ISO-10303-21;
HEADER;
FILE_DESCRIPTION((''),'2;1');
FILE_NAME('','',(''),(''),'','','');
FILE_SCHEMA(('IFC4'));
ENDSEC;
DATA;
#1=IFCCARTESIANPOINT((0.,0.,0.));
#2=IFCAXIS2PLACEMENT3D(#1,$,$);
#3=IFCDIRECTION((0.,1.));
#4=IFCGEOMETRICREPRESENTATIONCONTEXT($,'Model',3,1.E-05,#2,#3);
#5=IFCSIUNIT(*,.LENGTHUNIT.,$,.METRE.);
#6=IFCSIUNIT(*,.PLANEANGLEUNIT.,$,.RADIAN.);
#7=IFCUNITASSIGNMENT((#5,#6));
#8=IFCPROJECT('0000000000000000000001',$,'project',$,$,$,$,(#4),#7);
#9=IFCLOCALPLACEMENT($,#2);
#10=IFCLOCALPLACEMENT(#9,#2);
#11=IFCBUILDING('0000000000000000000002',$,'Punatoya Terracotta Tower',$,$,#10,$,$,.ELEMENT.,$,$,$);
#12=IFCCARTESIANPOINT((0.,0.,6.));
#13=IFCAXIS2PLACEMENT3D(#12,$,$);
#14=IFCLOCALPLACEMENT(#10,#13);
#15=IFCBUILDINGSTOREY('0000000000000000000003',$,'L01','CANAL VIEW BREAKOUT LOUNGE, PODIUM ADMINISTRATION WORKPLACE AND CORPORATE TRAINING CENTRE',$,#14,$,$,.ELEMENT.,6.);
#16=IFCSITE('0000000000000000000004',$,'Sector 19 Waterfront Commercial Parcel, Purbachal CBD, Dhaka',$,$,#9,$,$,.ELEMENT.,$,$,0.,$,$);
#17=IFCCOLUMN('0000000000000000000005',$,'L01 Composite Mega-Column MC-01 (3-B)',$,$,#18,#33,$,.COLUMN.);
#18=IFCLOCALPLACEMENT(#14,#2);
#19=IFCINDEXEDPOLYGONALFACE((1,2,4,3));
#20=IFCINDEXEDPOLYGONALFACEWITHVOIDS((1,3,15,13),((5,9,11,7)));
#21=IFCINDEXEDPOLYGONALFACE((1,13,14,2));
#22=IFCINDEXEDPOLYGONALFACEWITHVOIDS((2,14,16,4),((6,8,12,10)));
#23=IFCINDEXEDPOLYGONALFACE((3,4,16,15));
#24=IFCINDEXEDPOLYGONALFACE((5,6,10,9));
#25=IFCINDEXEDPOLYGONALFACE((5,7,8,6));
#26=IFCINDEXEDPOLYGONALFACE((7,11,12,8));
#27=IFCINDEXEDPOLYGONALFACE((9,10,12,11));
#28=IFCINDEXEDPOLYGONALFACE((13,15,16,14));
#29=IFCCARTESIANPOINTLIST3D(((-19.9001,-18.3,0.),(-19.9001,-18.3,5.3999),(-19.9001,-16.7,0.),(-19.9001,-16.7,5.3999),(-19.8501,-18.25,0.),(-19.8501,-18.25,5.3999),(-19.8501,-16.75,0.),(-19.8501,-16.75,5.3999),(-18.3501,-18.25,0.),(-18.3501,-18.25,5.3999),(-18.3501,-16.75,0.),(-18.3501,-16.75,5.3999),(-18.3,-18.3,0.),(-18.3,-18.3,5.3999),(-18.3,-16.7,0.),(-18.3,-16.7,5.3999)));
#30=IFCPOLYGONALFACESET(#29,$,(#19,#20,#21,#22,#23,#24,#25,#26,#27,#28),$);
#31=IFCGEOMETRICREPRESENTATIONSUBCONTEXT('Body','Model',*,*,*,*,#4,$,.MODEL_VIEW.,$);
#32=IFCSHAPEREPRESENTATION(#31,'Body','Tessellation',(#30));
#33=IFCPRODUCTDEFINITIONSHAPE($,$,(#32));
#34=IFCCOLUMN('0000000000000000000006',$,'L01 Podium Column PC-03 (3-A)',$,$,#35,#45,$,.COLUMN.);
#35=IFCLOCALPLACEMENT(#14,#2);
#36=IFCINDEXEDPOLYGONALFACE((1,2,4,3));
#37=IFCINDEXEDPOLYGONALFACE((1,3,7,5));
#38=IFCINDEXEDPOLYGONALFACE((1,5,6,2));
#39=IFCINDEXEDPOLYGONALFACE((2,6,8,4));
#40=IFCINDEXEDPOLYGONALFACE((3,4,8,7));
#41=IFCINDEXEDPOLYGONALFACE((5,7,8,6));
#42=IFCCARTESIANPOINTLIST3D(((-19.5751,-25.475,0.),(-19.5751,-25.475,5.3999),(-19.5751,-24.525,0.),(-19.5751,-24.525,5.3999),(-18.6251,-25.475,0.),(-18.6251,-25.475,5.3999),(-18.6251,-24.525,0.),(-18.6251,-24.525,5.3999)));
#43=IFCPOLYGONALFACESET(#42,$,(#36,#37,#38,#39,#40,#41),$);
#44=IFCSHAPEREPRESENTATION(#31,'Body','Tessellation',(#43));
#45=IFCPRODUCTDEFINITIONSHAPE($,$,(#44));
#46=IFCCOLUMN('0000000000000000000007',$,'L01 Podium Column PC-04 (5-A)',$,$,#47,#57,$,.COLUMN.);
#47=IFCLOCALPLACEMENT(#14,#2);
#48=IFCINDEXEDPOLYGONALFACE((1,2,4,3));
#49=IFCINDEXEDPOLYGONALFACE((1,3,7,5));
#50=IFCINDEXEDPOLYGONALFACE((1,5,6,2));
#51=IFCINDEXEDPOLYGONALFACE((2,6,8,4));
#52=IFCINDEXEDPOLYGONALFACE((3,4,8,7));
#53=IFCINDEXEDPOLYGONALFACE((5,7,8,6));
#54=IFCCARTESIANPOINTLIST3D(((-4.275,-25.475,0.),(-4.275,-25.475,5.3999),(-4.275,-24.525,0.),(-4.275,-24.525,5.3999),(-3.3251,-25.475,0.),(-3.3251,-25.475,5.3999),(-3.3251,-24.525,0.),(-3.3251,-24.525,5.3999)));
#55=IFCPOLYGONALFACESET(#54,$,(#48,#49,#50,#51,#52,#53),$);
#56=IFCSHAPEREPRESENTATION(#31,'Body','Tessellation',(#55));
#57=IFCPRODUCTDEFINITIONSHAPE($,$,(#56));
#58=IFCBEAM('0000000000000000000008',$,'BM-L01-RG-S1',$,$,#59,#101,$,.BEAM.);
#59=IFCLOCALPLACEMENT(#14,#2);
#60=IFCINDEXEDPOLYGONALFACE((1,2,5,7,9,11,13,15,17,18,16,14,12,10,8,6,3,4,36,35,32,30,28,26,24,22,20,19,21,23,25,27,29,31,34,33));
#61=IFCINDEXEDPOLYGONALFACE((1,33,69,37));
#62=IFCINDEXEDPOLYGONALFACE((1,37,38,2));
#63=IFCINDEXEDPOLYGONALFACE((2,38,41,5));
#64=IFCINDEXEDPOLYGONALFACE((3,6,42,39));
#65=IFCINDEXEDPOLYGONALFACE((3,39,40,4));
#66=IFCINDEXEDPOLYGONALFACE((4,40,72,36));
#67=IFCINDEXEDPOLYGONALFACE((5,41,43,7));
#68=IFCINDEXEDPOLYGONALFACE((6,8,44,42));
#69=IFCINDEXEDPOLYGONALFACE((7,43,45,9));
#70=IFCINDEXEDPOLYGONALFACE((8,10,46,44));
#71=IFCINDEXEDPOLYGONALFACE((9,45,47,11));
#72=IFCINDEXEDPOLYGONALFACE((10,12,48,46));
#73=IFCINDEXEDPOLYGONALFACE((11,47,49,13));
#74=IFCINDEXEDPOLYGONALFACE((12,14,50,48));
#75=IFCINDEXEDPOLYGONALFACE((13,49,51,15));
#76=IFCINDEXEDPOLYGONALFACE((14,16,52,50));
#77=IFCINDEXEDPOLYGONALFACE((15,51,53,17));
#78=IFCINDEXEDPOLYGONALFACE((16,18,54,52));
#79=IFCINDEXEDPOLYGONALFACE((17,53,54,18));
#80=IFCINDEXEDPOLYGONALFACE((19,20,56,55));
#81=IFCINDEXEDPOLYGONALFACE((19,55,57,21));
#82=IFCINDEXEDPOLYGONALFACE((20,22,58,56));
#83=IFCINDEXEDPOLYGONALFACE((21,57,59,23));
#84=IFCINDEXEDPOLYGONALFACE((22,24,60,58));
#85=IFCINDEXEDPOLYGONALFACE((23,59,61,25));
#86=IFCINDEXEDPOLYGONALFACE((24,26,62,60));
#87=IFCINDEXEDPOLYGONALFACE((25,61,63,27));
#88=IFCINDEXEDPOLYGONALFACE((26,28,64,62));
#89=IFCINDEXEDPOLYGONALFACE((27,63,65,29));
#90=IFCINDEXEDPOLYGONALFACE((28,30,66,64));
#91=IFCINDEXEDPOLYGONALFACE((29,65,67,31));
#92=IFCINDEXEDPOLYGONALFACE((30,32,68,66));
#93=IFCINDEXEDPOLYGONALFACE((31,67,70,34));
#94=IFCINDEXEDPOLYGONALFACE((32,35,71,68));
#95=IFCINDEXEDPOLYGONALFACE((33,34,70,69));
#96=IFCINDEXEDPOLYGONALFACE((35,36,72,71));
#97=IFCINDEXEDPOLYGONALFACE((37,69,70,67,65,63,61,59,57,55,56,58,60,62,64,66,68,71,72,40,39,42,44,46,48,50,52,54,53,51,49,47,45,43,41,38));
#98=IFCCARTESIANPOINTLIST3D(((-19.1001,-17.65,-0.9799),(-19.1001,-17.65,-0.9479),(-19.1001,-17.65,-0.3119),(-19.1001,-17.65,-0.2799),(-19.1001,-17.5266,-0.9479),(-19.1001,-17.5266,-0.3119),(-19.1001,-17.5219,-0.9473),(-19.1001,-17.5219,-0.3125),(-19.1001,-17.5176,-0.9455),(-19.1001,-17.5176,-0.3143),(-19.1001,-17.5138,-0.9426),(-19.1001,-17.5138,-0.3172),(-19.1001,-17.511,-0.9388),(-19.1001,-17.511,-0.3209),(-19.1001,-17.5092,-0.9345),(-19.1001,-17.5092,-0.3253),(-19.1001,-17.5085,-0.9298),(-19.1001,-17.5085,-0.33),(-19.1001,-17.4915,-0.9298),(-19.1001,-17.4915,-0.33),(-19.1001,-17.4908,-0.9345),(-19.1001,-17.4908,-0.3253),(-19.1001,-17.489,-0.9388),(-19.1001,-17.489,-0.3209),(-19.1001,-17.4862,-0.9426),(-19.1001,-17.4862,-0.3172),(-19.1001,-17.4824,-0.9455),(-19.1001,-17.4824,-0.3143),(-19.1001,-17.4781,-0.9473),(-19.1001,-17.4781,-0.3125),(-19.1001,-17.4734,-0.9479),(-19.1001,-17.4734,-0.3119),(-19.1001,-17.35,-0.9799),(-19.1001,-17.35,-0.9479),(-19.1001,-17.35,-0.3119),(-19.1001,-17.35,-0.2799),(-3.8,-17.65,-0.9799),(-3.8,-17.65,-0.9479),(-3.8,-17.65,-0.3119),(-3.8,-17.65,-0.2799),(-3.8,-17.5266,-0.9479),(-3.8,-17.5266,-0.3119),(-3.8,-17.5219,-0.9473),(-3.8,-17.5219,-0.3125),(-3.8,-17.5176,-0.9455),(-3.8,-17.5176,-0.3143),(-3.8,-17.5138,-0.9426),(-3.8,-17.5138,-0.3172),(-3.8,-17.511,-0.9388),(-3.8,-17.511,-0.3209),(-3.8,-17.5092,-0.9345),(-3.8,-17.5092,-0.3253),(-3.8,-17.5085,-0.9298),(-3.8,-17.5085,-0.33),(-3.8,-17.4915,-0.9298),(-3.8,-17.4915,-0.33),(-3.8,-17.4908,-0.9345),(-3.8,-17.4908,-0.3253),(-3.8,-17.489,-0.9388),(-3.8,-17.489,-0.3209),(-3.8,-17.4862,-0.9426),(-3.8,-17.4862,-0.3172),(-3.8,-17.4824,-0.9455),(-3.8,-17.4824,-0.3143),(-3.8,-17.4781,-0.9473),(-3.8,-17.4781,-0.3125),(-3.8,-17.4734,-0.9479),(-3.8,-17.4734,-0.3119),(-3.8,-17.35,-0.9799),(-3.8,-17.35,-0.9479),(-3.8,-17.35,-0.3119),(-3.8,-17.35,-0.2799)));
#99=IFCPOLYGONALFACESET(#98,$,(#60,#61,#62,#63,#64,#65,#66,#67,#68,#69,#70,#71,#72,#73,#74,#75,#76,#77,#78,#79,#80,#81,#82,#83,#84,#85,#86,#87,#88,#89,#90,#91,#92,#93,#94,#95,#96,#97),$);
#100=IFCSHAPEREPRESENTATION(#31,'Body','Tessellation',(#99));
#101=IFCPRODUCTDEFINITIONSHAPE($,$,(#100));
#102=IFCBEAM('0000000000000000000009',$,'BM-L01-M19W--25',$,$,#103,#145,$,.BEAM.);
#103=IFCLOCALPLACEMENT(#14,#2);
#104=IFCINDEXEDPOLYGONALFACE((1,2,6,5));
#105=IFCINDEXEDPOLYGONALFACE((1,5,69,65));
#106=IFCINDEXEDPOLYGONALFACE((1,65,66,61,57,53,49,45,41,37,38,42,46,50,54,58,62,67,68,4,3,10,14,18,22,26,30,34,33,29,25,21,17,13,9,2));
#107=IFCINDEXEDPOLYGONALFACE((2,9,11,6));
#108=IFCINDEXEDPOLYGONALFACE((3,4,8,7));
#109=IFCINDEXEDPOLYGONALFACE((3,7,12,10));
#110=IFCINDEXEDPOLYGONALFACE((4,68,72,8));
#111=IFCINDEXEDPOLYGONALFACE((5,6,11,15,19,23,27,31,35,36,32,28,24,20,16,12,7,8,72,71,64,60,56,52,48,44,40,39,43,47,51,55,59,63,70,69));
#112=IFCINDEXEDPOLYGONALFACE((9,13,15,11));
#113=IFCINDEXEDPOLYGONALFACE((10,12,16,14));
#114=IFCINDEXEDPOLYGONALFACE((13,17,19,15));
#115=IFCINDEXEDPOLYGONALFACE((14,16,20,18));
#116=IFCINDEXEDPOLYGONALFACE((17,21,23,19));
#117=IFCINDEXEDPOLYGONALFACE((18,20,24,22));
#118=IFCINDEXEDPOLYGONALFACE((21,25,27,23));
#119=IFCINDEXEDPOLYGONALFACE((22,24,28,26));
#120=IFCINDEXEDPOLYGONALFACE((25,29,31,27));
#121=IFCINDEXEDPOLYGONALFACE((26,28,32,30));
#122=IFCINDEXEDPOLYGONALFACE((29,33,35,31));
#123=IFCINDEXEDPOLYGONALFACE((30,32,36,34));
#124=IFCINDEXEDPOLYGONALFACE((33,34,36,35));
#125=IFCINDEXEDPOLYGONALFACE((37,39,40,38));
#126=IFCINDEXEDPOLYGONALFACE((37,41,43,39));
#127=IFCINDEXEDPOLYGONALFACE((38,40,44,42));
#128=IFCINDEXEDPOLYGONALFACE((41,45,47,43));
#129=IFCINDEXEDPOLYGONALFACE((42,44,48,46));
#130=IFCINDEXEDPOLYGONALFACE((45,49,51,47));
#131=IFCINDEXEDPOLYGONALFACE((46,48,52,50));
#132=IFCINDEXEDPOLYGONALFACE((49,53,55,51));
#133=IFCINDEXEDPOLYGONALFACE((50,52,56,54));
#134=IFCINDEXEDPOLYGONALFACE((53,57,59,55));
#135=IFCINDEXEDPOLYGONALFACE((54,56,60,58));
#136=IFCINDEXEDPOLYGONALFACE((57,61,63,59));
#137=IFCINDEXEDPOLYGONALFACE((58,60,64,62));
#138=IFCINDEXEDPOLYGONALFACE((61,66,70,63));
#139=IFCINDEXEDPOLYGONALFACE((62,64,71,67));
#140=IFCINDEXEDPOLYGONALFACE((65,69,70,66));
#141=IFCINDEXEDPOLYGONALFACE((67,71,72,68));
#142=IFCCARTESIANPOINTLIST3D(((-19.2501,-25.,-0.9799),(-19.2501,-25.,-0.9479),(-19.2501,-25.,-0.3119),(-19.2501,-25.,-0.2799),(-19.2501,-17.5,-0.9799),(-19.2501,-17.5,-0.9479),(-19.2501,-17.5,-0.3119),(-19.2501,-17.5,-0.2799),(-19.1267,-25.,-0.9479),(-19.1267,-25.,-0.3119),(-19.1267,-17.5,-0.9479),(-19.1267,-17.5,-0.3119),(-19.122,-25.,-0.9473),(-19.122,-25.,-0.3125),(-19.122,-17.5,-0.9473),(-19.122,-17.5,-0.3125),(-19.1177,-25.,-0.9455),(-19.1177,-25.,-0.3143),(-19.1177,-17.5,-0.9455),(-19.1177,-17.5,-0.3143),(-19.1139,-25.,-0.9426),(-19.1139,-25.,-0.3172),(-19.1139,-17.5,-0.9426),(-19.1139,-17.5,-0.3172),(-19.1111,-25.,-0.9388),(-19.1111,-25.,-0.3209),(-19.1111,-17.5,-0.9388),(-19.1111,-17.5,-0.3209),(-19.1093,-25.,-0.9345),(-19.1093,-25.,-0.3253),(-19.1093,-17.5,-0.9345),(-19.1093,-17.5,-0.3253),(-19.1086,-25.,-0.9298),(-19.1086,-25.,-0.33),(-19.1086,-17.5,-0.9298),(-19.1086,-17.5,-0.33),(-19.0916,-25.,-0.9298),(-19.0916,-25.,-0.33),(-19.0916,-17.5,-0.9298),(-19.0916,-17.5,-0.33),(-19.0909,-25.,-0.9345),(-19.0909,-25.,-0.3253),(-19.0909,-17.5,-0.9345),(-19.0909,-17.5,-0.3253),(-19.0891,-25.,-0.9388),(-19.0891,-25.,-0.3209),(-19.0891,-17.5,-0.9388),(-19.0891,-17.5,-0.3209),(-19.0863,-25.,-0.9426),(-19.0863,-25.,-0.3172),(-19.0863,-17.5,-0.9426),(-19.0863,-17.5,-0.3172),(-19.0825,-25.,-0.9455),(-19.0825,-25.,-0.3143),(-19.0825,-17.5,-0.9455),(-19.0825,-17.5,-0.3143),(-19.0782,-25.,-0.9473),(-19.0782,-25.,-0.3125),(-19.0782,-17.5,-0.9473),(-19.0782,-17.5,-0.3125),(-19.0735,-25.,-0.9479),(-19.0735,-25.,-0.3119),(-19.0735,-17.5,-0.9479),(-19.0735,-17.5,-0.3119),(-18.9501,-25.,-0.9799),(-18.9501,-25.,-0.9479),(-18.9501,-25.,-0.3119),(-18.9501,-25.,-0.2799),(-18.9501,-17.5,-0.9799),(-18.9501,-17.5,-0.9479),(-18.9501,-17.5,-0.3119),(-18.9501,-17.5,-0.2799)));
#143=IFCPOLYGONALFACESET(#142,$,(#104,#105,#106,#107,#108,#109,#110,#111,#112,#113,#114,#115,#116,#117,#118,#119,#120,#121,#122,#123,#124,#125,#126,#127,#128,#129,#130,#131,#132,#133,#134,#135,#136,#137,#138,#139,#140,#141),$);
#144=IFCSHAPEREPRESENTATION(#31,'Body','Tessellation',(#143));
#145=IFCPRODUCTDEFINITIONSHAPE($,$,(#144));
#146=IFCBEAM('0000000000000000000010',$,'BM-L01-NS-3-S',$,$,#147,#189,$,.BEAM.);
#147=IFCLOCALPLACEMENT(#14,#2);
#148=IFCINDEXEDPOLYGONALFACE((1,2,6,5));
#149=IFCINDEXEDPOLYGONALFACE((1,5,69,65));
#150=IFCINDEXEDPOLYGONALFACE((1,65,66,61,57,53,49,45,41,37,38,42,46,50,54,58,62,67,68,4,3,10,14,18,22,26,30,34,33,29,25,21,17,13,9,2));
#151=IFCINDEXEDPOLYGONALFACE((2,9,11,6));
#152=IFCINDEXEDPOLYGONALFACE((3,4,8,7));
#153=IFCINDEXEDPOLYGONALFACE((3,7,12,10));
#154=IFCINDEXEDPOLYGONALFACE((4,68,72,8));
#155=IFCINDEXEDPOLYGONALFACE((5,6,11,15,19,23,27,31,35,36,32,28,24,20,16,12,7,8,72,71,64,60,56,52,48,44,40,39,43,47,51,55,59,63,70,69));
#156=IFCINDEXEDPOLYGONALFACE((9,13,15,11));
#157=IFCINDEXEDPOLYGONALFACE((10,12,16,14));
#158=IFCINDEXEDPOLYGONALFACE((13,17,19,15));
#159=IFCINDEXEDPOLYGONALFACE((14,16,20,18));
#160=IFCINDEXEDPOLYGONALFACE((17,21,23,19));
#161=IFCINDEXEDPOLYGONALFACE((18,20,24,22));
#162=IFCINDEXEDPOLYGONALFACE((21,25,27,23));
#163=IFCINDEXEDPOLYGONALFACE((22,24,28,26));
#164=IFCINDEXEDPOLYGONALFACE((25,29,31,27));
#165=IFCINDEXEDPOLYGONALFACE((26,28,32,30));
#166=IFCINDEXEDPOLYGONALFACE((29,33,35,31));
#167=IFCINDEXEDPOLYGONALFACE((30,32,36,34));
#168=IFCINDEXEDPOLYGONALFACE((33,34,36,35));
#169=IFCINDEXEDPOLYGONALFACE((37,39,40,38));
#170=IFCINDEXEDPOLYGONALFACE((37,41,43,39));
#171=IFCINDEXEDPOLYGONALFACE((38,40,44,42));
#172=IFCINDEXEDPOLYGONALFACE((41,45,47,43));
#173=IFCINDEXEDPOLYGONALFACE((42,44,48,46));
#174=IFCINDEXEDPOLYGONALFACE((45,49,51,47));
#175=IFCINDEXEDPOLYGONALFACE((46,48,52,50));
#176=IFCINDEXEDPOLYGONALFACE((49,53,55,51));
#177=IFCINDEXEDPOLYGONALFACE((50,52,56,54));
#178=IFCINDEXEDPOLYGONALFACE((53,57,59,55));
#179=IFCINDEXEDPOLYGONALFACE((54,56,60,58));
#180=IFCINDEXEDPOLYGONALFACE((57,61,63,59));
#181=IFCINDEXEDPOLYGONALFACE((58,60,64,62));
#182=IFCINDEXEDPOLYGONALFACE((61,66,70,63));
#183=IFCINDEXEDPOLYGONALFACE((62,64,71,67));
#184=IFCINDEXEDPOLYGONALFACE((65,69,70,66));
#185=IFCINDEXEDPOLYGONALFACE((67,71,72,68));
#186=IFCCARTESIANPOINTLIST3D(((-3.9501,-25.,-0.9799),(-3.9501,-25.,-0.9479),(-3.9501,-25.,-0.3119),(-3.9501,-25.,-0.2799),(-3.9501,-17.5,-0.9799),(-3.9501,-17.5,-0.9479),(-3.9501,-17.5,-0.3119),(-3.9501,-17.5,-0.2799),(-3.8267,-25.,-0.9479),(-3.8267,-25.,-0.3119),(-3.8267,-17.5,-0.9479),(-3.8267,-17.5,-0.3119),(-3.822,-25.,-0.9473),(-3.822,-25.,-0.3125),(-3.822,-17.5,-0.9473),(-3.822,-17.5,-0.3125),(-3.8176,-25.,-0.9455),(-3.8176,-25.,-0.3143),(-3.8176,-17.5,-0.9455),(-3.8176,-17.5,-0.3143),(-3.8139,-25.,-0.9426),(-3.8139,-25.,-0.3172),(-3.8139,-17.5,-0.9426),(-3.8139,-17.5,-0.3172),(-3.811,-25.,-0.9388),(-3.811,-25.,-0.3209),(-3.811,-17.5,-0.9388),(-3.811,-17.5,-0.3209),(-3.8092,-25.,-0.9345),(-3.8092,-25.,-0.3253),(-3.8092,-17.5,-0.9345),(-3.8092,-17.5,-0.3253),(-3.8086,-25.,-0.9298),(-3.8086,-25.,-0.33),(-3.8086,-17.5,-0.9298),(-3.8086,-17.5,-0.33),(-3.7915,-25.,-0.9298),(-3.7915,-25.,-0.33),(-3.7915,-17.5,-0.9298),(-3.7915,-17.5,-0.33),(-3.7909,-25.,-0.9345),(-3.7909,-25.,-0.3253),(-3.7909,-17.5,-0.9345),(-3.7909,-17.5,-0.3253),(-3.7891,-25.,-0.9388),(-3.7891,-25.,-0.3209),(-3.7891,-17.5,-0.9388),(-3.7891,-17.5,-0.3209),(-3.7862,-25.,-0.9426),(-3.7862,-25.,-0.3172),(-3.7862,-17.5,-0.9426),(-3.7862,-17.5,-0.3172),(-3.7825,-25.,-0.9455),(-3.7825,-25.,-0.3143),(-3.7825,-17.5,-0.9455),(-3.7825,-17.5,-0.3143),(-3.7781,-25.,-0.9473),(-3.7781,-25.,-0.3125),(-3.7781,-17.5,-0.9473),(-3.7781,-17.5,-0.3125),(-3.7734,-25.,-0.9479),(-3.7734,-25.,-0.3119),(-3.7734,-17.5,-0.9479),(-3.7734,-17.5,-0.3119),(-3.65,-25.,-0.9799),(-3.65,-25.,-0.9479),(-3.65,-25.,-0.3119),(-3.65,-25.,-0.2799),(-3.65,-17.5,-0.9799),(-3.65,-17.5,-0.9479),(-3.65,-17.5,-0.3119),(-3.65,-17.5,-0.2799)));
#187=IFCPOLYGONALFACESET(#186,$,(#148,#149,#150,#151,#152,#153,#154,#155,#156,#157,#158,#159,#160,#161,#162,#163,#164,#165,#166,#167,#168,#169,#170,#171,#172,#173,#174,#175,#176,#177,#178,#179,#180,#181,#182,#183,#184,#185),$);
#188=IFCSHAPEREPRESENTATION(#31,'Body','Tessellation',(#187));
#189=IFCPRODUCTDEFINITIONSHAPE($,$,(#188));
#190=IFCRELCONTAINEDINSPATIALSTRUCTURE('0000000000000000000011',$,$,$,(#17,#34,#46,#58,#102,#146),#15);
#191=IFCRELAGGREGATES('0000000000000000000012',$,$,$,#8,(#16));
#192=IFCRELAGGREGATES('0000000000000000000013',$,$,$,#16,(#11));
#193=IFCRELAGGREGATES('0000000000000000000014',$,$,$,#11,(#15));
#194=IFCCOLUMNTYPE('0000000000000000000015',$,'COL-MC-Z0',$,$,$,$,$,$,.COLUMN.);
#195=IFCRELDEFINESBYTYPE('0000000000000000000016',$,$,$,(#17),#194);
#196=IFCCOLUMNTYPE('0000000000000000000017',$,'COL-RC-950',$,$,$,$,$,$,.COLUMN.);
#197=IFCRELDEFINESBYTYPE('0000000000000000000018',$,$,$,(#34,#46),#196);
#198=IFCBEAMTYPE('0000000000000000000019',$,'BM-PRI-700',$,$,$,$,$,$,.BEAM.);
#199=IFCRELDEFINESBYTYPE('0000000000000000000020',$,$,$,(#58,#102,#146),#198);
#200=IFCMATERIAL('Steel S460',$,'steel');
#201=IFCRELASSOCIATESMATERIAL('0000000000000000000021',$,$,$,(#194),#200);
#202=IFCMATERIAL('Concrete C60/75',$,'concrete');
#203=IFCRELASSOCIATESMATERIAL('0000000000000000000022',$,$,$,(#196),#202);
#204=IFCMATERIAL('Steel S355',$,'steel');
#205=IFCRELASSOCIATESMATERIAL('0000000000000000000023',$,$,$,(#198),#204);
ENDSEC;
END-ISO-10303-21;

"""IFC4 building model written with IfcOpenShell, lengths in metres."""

from ifc_helpers import new_model, si_unit, direction, frame, origin, origin_2d, place, context, subcontext, project, spatial, rectangle, hollow_rectangle, i_section, extrude, material, material_profile, profile_set, type_object, element, save


model = new_model("IFC4")

# Units and contexts
model_context = context("Model", 3, precision=1e-05, world=origin(), true_north=direction((0.0, 1.0)))
body_context = subcontext(model_context, "Body", "Model", "MODEL_VIEW")
ifc_project = project(units=[si_unit("LENGTHUNIT", "METRE"), si_unit("PLANEANGLEUNIT", "RADIAN")], contexts=[model_context])

# Site, building, storey
site_placement = place(None, origin())
site = spatial("IfcSite", under=ifc_project, at=site_placement, Name="Sector 19 Waterfront Commercial Parcel, Purbachal CBD, Dhaka", CompositionType="ELEMENT", RefElevation=0.0)
building_placement = place(site_placement, origin())
building = spatial("IfcBuilding", under=site, at=building_placement, Name="Punatoya Terracotta Tower", CompositionType="ELEMENT")
storey_placement = place(building_placement, frame((0.0, 0.0, 6.0)))
storey = spatial("IfcBuildingStorey", under=building, at=storey_placement, Name="L01", Description="CANAL VIEW BREAKOUT LOUNGE, PODIUM ADMINISTRATION WORKPLACE AND CORPORATE TRAINING CENTRE", CompositionType="ELEMENT", Elevation=6.0)

# Columns
ifc_material_1 = material(Name="Steel S460", Category="steel")
ifc_material_profile_1 = material_profile(ifc_material_1, hollow_rectangle(XDim=1.6001, YDim=1.6001, WallThickness=0.05, at=origin_2d()))
ifc_profile_set_1 = profile_set([ifc_material_profile_1], Name="Steel S460")
column_type_1 = type_object("IfcColumnType", Name="COL-MC-Z0", PredefinedType="COLUMN", material=ifc_profile_set_1)
column_placement = place(storey_placement, frame((-19.1001, -17.5, 0.0), z_axis=(0.0, 0.0, 1.0), x_axis=(1.0, 0.0, 0.0)))
element("IfcColumn", 1, at=column_placement, inside=storey, type_object=column_type_1, Name="L01 Composite Mega-Column MC-01 (3-B)", PredefinedType="COLUMN", context=body_context, shape_type="SweptSolid", body=[
    extrude(hollow_rectangle(XDim=1.6001, YDim=1.6001, WallThickness=0.05, at=origin_2d()), origin(), (0.0, 0.0, 1.0), 5.3999),
])
ifc_material_2 = material(Name="Concrete C60/75", Category="concrete")
ifc_material_profile_2 = material_profile(ifc_material_2, rectangle(XDim=0.95, YDim=0.95, at=origin_2d()))
ifc_profile_set_2 = profile_set([ifc_material_profile_2], Name="Concrete C60/75")
column_type_2 = type_object("IfcColumnType", Name="COL-RC-950", PredefinedType="COLUMN", material=ifc_profile_set_2)
for number, where, z_axis, x_axis, name in (
    (2, (-19.1001, -25.0, 0.0), (0.0, 0.0, 1.0), (1.0, 0.0, 0.0), "L01 Podium Column PC-03 (3-A)"),
    (3, (-3.8, -25.0, 0.0), (0.0, 0.0, 1.0), (1.0, 0.0, 0.0), "L01 Podium Column PC-04 (5-A)"),
):
    element("IfcColumn", number, at=place(storey_placement, frame(where, z_axis=z_axis, x_axis=x_axis)), inside=storey, type_object=column_type_2, Name=name, PredefinedType="COLUMN", context=body_context, shape_type="SweptSolid", body=[
        extrude(rectangle(XDim=0.95, YDim=0.95, at=origin_2d()), origin(), (0.0, 0.0, 1.0), 5.3999),
    ])

# Beams
ifc_material_3 = material(Name="Steel S355", Category="steel")
ifc_material_profile_3 = material_profile(ifc_material_3, i_section(OverallWidth=0.3, OverallDepth=0.7, WebThickness=0.0171, FlangeThickness=0.032, FilletRadius=0.0181, at=origin_2d()))
ifc_profile_set_3 = profile_set([ifc_material_profile_3], Name="Steel S355")
beam_type_1 = type_object("IfcBeamType", Name="BM-PRI-700", PredefinedType="BEAM", material=ifc_profile_set_3)
beam_1_placement = place(storey_placement, frame((-19.1001, -17.5, -0.6299), z_axis=(1.0, 0.0, 0.0), x_axis=(0.0, 1.0, 0.0)))
element("IfcBeam", 4, at=beam_1_placement, inside=storey, type_object=beam_type_1, Name="BM-L01-RG-S1", PredefinedType="BEAM", context=body_context, shape_type="SweptSolid", body=[
    extrude(i_section(OverallWidth=0.3, OverallDepth=0.7, WebThickness=0.0171, FlangeThickness=0.032, FilletRadius=0.0181, at=origin_2d()), origin(), (0.0, 0.0, 1.0), 15.3),
])
for number, where, z_axis, x_axis, name in (
    (5, (-19.1001, -25.0, -0.6299), (0.0, 1.0, 0.0), (-1.0, 0.0, 0.0), "BM-L01-M19W--25"),
    (6, (-3.8, -25.0, -0.6299), (0.0, 1.0, 0.0), (-1.0, 0.0, 0.0), "BM-L01-NS-3-S"),
):
    element("IfcBeam", number, at=place(storey_placement, frame(where, z_axis=z_axis, x_axis=x_axis)), inside=storey, type_object=beam_type_1, Name=name, PredefinedType="BEAM", context=body_context, shape_type="SweptSolid", body=[
        extrude(i_section(OverallWidth=0.3, OverallDepth=0.7, WebThickness=0.0171, FlangeThickness=0.032, FilletRadius=0.0181, at=origin_2d()), origin(), (0.0, 0.0, 1.0), 7.5),
    ])

save(model, "model.ifc")
